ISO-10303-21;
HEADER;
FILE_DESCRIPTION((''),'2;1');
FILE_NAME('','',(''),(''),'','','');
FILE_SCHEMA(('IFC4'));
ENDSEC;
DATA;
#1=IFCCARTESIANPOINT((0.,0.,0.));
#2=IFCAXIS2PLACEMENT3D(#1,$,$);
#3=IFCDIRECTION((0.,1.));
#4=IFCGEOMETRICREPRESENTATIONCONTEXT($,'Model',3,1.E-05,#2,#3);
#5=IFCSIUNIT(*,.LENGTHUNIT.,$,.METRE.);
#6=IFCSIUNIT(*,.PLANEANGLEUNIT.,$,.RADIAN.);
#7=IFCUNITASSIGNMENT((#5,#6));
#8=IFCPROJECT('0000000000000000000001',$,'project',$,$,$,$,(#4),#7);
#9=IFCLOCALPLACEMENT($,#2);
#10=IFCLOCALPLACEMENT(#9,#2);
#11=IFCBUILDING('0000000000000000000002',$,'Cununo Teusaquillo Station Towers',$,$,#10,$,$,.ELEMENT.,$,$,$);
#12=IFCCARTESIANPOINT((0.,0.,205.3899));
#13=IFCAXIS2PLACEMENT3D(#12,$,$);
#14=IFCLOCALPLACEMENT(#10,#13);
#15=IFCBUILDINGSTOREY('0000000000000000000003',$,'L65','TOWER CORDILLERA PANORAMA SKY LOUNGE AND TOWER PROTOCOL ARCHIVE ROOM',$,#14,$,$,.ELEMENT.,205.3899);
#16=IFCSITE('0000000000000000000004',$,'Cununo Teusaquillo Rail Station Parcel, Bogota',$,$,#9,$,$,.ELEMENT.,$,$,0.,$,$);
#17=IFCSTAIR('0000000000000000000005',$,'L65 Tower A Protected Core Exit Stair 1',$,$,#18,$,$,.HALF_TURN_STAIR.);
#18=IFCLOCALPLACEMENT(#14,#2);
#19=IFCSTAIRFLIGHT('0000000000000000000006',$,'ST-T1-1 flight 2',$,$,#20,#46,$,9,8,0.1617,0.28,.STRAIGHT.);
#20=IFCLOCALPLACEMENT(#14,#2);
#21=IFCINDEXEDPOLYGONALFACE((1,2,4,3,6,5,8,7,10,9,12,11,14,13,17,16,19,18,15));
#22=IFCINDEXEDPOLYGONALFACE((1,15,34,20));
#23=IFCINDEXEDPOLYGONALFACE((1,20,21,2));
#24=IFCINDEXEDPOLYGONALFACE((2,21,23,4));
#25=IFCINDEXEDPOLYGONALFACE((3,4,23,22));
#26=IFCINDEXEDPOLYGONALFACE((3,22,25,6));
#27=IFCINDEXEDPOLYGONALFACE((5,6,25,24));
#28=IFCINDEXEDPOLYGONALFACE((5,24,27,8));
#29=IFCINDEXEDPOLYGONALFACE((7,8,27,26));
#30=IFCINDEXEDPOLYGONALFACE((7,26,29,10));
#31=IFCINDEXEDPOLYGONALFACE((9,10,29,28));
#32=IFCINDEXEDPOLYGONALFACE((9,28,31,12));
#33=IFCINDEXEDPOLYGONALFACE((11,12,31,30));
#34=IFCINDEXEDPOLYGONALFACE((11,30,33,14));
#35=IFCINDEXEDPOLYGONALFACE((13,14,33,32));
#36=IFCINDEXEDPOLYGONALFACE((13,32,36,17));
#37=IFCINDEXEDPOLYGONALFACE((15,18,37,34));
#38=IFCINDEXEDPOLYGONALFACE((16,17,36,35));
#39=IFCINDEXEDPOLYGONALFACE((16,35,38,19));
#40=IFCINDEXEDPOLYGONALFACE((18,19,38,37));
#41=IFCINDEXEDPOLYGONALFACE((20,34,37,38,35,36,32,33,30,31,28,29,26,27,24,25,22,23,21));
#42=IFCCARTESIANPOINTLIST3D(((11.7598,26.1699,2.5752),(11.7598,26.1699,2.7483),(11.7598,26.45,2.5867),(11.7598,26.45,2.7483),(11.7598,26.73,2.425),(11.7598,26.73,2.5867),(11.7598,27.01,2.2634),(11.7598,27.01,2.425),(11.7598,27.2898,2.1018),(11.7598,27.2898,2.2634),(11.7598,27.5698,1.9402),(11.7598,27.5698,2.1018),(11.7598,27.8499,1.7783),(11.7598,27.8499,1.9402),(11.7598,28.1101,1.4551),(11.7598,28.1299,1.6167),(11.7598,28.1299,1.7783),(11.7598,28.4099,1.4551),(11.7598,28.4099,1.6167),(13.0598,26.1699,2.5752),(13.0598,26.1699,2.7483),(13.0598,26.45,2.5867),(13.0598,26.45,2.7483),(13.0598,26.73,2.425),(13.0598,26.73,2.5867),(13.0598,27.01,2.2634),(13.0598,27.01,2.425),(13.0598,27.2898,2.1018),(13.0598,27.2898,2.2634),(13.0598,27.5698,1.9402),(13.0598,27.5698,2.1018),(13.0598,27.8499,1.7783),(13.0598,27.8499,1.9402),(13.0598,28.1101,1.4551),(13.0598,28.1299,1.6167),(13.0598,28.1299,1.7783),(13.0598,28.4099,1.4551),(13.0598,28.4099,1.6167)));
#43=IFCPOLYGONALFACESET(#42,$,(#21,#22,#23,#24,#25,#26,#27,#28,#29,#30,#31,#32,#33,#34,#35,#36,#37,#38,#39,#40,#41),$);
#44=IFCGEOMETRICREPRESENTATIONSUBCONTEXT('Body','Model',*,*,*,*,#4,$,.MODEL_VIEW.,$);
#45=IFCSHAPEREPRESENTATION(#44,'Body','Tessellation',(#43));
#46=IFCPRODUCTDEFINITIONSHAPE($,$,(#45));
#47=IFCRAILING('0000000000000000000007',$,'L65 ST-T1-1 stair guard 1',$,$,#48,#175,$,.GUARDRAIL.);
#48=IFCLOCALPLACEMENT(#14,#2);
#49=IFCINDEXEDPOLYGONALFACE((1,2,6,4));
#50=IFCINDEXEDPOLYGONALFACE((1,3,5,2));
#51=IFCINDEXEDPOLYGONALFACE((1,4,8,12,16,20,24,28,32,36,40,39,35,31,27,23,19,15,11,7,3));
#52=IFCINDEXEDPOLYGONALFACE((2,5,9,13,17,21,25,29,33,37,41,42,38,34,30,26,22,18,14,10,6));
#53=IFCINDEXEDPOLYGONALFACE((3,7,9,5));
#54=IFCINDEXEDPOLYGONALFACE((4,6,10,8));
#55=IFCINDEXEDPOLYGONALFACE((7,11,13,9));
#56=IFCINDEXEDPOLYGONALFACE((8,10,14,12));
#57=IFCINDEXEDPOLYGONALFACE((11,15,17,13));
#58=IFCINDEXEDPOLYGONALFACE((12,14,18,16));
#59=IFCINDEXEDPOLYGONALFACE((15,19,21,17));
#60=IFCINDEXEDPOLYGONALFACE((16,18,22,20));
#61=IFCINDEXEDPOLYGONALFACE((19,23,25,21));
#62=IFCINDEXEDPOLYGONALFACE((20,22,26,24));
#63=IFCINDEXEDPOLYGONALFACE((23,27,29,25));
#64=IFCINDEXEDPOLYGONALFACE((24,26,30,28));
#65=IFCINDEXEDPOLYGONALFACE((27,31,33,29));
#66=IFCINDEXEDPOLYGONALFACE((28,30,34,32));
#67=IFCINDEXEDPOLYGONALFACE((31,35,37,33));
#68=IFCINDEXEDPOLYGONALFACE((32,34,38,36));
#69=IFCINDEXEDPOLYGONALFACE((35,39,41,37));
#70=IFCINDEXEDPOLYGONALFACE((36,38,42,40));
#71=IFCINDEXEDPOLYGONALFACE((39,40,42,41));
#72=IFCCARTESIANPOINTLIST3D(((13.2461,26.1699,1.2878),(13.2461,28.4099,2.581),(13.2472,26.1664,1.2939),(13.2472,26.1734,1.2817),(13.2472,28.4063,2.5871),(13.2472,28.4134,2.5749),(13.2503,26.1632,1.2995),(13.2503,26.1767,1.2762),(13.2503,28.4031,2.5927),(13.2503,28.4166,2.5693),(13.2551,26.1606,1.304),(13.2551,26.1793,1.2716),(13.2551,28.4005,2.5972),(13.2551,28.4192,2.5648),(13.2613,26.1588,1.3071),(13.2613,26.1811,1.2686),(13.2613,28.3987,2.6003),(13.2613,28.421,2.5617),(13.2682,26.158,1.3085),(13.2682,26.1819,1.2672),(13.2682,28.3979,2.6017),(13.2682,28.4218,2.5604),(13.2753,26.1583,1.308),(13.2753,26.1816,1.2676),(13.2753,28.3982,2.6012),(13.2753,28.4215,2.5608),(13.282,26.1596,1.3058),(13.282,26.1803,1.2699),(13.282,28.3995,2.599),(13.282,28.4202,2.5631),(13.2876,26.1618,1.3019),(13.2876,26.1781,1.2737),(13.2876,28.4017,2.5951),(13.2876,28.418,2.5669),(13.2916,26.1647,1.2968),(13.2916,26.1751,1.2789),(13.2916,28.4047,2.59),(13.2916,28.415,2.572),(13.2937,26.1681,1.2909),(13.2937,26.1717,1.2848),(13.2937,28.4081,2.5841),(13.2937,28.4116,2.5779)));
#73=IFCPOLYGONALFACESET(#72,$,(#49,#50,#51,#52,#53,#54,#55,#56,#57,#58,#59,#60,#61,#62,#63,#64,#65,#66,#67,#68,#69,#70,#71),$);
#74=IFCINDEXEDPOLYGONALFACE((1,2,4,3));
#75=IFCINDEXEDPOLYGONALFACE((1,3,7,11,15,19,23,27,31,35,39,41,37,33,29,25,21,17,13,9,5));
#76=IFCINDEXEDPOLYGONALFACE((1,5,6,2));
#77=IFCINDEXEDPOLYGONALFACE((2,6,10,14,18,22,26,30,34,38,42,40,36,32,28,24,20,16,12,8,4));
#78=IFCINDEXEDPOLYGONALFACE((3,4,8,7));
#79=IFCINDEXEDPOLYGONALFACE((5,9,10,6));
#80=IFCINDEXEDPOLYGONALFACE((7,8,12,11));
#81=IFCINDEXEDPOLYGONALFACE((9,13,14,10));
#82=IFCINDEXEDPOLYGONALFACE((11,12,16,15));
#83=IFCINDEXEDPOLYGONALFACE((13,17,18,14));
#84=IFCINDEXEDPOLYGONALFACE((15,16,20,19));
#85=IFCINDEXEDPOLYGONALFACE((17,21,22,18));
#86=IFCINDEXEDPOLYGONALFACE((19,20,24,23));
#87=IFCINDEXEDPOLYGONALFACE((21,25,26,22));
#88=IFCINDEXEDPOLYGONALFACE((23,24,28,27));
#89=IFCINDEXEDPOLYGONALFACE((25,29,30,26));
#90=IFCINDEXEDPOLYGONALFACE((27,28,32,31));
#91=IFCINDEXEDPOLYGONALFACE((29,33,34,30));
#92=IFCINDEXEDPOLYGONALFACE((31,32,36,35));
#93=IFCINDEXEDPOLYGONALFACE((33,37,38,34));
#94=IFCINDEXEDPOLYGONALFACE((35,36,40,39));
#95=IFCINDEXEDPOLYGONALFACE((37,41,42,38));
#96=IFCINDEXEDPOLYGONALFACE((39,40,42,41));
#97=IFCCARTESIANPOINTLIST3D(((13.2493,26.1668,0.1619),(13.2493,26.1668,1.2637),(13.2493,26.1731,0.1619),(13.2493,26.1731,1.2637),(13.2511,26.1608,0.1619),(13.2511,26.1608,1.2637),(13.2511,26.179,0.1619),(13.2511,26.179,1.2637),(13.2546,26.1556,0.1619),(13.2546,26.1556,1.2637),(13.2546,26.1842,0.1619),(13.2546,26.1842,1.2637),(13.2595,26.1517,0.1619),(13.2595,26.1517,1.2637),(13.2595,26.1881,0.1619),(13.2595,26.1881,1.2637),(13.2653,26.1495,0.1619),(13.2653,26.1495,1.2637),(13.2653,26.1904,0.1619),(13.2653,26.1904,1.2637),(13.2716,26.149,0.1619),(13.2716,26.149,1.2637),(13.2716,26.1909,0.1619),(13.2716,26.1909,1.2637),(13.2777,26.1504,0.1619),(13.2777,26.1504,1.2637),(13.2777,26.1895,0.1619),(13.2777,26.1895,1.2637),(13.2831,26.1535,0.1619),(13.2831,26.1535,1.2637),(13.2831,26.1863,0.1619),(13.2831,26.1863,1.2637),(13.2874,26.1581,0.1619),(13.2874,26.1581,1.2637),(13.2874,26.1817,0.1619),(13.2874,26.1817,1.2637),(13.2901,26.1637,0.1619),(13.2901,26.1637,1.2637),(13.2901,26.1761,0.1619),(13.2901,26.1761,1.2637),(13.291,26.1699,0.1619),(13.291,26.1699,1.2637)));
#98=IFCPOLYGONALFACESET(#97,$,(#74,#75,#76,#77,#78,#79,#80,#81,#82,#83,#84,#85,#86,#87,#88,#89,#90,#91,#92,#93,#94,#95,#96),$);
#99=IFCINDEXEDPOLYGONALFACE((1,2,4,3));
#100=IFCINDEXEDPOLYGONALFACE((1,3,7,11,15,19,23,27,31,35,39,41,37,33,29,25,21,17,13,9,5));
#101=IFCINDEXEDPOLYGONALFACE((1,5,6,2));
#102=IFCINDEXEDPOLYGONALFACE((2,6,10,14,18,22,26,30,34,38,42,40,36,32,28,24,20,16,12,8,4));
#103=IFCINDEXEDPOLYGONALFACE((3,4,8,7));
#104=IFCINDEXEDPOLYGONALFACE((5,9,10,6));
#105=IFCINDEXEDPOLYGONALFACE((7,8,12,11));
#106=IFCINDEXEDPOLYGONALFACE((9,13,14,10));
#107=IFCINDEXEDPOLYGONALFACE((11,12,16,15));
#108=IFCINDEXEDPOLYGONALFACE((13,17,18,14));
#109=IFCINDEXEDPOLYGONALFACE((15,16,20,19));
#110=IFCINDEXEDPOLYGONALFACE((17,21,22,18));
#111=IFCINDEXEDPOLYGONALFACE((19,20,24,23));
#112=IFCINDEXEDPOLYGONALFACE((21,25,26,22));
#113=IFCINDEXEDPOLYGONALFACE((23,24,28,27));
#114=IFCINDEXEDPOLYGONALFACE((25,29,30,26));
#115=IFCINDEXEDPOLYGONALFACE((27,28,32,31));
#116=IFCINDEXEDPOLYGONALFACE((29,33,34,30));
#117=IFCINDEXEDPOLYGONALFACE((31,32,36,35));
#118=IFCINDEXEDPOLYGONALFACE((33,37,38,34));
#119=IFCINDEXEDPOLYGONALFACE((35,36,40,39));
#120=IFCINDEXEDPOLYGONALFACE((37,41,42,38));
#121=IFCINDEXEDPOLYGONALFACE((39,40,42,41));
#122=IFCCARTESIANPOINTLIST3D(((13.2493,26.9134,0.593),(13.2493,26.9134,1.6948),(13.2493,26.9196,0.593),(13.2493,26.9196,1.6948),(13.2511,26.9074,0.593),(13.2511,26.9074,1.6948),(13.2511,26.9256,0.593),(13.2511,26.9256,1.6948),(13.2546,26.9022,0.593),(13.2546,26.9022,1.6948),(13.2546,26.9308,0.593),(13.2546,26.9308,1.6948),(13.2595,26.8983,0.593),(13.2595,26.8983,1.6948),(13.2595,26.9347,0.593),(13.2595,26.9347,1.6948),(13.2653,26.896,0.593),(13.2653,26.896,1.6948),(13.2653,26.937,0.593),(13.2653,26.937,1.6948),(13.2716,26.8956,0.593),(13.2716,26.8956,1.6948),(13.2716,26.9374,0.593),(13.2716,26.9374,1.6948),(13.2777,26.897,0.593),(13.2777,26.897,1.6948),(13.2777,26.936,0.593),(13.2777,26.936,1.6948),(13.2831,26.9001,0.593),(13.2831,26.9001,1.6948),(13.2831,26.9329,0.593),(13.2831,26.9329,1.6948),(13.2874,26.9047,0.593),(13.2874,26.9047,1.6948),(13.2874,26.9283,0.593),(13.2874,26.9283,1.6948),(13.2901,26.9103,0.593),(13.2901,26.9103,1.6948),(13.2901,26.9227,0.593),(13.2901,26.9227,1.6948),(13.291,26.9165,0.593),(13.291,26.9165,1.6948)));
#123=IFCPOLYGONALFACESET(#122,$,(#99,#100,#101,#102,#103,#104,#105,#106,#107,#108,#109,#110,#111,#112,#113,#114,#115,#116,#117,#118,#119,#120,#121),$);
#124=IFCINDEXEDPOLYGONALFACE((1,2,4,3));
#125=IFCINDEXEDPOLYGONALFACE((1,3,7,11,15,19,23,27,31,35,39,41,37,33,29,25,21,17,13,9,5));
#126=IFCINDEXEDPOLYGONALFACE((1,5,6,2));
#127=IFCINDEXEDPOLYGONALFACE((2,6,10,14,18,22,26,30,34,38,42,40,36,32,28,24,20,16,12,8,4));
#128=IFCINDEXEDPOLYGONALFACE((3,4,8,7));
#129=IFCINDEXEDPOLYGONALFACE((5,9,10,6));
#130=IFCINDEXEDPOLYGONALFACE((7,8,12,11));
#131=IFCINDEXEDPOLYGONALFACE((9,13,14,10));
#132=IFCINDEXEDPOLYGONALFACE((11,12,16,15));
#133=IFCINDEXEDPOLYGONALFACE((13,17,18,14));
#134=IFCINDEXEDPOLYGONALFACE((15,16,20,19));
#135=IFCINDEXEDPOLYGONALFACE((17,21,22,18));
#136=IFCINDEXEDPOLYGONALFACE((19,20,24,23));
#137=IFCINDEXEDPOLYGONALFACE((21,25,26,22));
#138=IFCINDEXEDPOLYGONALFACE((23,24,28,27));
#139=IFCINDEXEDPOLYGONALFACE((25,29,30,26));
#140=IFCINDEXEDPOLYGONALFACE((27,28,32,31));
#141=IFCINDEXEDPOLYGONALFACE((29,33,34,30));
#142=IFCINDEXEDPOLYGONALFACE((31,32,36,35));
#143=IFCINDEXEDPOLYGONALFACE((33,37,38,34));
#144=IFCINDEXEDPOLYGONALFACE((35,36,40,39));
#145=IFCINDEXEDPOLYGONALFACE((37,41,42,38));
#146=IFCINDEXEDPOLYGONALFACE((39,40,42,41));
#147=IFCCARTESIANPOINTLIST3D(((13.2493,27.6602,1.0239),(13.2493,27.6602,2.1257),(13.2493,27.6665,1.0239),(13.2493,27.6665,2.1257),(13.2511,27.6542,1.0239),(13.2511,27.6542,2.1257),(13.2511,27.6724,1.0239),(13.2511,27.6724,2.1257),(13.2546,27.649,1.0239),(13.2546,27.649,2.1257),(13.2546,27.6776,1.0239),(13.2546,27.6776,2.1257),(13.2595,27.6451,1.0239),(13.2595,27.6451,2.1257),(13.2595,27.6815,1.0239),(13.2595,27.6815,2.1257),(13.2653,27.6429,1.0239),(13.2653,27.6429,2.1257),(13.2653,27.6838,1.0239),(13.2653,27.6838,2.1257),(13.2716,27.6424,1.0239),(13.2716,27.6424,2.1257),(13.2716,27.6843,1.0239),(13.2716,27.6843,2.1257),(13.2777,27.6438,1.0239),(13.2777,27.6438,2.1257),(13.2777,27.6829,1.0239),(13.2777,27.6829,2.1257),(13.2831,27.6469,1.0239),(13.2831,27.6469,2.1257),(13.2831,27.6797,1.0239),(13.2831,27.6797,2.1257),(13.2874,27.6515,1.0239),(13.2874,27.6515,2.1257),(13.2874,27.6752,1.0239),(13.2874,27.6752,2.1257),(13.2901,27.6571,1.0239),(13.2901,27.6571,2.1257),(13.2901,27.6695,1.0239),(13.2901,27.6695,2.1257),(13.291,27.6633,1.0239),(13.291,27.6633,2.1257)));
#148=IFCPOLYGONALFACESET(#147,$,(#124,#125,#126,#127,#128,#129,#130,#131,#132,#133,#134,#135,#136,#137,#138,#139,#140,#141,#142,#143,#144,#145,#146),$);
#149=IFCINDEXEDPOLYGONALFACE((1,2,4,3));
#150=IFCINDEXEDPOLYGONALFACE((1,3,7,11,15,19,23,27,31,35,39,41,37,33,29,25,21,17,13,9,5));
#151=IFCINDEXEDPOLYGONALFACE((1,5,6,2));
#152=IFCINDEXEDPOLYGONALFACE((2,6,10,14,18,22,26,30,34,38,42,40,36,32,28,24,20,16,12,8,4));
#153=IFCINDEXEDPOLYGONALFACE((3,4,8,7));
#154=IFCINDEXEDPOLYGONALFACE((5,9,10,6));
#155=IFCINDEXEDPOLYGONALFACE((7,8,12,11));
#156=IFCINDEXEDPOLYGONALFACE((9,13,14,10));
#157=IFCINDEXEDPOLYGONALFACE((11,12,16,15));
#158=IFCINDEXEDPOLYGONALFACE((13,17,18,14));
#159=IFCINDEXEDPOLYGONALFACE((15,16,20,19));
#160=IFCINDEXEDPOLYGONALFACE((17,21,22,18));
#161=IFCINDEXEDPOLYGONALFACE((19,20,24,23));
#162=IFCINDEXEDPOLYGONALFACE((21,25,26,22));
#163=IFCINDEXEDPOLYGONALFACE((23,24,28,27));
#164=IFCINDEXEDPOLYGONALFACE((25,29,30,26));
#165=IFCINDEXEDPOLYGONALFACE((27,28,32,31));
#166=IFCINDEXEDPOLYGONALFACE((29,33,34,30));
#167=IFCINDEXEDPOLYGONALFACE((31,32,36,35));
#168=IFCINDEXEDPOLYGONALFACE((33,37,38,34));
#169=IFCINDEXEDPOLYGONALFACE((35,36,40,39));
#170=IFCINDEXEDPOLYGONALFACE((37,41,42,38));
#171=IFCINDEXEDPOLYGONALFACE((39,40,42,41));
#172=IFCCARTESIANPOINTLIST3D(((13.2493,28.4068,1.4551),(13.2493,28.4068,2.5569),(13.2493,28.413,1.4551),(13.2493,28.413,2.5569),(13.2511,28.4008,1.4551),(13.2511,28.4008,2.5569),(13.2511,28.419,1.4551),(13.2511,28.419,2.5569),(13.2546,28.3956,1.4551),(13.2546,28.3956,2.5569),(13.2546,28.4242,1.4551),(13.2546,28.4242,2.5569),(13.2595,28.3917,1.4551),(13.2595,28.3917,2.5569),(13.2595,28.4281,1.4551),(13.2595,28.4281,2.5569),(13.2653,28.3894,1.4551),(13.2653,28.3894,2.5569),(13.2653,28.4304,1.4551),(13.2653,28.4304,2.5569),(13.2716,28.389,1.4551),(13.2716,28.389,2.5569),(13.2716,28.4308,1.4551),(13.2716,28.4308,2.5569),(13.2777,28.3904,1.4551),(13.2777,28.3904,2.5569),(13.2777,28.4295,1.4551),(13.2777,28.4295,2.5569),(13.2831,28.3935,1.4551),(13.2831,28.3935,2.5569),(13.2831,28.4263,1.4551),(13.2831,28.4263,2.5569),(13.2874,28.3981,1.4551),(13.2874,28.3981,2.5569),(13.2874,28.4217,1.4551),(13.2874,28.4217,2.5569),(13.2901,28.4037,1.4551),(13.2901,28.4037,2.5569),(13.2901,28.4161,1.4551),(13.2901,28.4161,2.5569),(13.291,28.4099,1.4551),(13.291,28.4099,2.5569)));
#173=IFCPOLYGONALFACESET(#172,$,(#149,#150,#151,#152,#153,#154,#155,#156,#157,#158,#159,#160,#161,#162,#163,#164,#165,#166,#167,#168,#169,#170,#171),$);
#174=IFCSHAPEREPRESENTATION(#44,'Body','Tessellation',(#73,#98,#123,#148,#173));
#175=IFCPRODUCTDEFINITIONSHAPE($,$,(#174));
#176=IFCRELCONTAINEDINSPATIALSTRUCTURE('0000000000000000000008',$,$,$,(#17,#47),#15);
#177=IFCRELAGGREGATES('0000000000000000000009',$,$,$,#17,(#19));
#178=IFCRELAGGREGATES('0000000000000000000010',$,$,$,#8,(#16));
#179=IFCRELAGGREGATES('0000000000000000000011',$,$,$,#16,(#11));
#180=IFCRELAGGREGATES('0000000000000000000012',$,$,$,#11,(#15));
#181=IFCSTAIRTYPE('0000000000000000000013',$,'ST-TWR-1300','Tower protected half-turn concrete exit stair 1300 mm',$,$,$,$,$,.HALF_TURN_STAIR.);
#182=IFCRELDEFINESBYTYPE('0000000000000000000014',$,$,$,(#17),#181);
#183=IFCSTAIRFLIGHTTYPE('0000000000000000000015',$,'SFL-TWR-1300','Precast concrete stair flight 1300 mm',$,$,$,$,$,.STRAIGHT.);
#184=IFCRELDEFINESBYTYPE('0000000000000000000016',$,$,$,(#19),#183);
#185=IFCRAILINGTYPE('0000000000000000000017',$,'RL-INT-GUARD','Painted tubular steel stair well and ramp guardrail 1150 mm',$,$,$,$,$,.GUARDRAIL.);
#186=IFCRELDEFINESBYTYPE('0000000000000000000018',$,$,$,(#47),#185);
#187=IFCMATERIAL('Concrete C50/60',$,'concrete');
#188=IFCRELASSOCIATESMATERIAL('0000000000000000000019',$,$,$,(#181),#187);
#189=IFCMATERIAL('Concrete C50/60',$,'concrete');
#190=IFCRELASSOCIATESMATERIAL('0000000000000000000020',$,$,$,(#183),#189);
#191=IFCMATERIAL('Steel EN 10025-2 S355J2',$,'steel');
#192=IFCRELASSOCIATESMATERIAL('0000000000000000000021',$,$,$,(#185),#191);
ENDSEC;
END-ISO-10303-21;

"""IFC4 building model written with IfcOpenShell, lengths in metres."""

from ifc_helpers import new_model, si_unit, direction, frame, origin, origin_2d, place, context, subcontext, project, spatial, polyline, circle, outline, extrude, material, type_object, element, aggregate, save


model = new_model("IFC4")

# Units and contexts
model_context = context("Model", 3, precision=1e-05, world=origin(), true_north=direction((0.0, 1.0)))
body_context = subcontext(model_context, "Body", "Model", "MODEL_VIEW")
ifc_project = project(units=[si_unit("LENGTHUNIT", "METRE"), si_unit("PLANEANGLEUNIT", "RADIAN")], contexts=[model_context])

# Site, building, storey
site_placement = place(None, origin())
site = spatial("IfcSite", under=ifc_project, at=site_placement, Name="Cununo Teusaquillo Rail Station Parcel, Bogota", CompositionType="ELEMENT", RefElevation=0.0)
building_placement = place(site_placement, origin())
building = spatial("IfcBuilding", under=site, at=building_placement, Name="Cununo Teusaquillo Station Towers", CompositionType="ELEMENT")
storey_placement = place(building_placement, frame((0.0, 0.0, 205.3899)))
storey = spatial("IfcBuildingStorey", under=building, at=storey_placement, Name="L65", Description="TOWER CORDILLERA PANORAMA SKY LOUNGE AND TOWER PROTOCOL ARCHIVE ROOM", CompositionType="ELEMENT", Elevation=205.3899)

# Stair, stair flight
ifc_material_1 = material(Name="Concrete C50/60", Category="concrete")
stair_type = type_object("IfcStairType", Name="ST-TWR-1300", Description="Tower protected half-turn concrete exit stair 1300 mm", PredefinedType="HALF_TURN_STAIR", material=ifc_material_1)
stair_placement = place(storey_placement, origin())
stair = element("IfcStair", 1, at=stair_placement, inside=storey, type_object=stair_type, Name="L65 Tower A Protected Core Exit Stair 1", PredefinedType="HALF_TURN_STAIR")
ifc_material_2 = material(Name="Concrete C50/60", Category="concrete")
stair_flight_type = type_object("IfcStairFlightType", Name="SFL-TWR-1300", Description="Precast concrete stair flight 1300 mm", PredefinedType="STRAIGHT", material=ifc_material_2)
stair_flight_1_placement = place(storey_placement, frame((12.4099, 28.4099, 1.4551), z_axis=(0.0, 0.0, 1.0), x_axis=(0.0, -1.0, 0.0)))
stair_flight_1 = element("IfcStairFlight", 2, at=stair_flight_1_placement, type_object=stair_flight_type, Name="ST-T1-1 flight 2", NumberOfRisers=9, NumberOfTreads=8, PredefinedType="STRAIGHT", RiserHeight=0.1617, TreadLength=0.28, context=body_context, shape_type="SweptSolid", body=[
    extrude(outline(polyline([(0.0, 0.0), (0.0, 0.1616), (0.28, 0.1616), (0.28, 0.3232), (0.5601, 0.3232), (0.5601, 0.4851), (0.8401, 0.4851), (0.8401, 0.6467), (1.1201, 0.6467), (1.1201, 0.8083), (1.3999, 0.8083), (1.3999, 0.97), (1.6799, 0.97), (1.6799, 1.1316), (1.96, 1.1316), (1.96, 1.2932), (2.24, 1.2932), (2.24, 1.4551), (2.24, 1.1201), (0.2998, 0.0), (0.0, 0.0)])), frame((0.0, 0.6499, 0.0), z_axis=(0.0, -1.0, 0.0), x_axis=(1.0, 0.0, 0.0)), (0.0, 0.0, 1.0), 1.3),
])
aggregate(stair, [stair_flight_1])

# Railing
ifc_material_3 = material(Name="Steel EN 10025-2 S355J2", Category="steel")
railing_type_1 = type_object("IfcRailingType", Name="RL-INT-GUARD", Description="Painted tubular steel stair well and ramp guardrail 1150 mm", PredefinedType="GUARDRAIL", material=ifc_material_3)
railing_1_placement = place(storey_placement, frame((13.27, 26.1699, 0.1619)))
element("IfcRailing", 3, at=railing_1_placement, inside=storey, type_object=railing_type_1, Name="L65 ST-T1-1 stair guard 1", PredefinedType="GUARDRAIL", context=body_context, shape_type="SweptSolid", body=[
    extrude(circle(Radius=0.0239, at=origin_2d()), frame((0.0, 0.0, 1.126), z_axis=(0.0, 0.866033, 0.499987), x_axis=(-1.0, 0.0, 0.0)), (0.0, 0.0, 1.0), 2.5864),
    extrude(circle(Radius=0.021, at=origin_2d()), origin(), (0.0, 0.0, 1.0), 1.1018),
    extrude(circle(Radius=0.021, at=origin_2d()), frame((0.0, 0.7466, 0.4312)), (0.0, 0.0, 1.0), 1.1018),
    extrude(circle(Radius=0.021, at=origin_2d()), frame((0.0, 1.4934, 0.8621)), (0.0, 0.0, 1.0), 1.1018),
    extrude(circle(Radius=0.021, at=origin_2d()), frame((0.0, 2.24, 1.2932)), (0.0, 0.0, 1.0), 1.1018),
])

save(model, "model.ifc")
